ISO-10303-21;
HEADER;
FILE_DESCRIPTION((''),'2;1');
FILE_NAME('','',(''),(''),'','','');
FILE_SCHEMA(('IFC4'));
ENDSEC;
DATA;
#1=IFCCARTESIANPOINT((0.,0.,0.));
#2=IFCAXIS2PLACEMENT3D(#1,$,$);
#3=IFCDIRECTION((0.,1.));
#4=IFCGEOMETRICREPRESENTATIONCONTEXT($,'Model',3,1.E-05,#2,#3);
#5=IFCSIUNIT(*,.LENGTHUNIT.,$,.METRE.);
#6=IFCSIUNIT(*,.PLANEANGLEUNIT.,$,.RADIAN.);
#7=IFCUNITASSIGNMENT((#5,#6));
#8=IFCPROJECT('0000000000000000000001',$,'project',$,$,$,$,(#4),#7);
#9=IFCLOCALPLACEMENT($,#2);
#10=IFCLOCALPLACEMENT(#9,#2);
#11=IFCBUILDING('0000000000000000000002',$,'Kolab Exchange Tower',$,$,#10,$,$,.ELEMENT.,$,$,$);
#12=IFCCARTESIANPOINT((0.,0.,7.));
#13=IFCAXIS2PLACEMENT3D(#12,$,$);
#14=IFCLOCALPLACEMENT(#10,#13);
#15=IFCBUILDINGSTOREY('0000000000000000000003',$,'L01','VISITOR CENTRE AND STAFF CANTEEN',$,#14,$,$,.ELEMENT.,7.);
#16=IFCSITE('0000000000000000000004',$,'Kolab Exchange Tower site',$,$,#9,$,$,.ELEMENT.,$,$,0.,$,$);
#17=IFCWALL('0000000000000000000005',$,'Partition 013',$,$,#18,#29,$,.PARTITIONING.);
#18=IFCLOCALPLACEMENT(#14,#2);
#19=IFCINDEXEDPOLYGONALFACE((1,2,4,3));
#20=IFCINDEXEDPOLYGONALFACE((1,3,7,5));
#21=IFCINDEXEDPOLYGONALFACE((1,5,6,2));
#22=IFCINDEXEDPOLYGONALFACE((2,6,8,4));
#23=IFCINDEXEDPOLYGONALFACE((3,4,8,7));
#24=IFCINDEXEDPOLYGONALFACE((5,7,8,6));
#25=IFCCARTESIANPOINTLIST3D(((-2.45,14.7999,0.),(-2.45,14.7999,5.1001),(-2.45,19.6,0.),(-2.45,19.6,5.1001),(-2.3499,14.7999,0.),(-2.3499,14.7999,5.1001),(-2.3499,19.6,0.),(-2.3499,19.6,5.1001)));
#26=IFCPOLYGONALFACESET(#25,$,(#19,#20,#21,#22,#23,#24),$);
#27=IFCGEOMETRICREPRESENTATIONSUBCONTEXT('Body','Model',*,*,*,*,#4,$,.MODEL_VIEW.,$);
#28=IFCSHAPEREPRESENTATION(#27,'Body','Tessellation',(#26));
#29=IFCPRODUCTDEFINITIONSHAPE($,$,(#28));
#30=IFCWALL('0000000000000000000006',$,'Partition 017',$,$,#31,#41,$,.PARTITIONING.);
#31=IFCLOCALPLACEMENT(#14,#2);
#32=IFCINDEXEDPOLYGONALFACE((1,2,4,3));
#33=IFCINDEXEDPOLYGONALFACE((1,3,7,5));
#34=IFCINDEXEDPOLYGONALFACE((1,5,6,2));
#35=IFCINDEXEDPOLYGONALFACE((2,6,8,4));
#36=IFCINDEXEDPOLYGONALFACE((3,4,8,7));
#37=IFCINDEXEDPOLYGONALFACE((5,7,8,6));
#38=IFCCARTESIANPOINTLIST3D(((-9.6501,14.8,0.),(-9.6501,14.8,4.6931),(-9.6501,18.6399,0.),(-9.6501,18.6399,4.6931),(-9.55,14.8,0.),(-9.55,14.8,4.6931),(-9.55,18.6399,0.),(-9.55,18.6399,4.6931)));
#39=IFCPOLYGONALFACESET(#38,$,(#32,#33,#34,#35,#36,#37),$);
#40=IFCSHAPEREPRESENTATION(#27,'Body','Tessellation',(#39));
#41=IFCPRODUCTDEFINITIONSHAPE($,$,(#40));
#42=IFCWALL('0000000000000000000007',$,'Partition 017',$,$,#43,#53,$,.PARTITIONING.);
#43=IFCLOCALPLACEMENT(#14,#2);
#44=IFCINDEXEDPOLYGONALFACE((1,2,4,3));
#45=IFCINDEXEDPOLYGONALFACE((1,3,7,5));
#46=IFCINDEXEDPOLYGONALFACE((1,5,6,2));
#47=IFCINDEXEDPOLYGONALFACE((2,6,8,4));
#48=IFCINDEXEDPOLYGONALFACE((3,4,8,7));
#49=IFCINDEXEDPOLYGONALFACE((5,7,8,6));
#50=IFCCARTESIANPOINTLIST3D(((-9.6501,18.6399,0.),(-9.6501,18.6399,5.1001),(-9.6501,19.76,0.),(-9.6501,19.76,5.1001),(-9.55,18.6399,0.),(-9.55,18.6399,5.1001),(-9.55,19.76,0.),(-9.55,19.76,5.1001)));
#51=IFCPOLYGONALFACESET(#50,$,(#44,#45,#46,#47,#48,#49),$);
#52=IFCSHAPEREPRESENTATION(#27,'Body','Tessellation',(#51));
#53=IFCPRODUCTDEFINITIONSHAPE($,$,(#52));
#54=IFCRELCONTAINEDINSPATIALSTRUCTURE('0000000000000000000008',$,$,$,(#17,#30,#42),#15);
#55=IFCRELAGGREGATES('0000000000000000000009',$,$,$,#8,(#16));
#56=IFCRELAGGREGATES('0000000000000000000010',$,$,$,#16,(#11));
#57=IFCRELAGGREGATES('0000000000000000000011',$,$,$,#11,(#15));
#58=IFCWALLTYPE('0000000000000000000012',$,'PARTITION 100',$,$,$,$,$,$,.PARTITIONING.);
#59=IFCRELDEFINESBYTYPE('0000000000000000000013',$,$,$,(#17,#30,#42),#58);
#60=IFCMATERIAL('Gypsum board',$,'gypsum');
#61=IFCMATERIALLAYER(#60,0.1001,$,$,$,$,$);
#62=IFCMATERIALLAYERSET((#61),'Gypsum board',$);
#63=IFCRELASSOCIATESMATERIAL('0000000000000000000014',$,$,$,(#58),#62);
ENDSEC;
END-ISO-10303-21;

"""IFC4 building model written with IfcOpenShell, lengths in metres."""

from ifc_helpers import new_model, si_unit, direction, frame, frame_2d, origin, place, context, subcontext, project, spatial, rectangle, extrude, material, layer, layer_set, type_object, element, save


model = new_model("IFC4")

# Units and contexts
model_context = context("Model", 3, precision=1e-05, world=origin(), true_north=direction((0.0, 1.0)))
body_context = subcontext(model_context, "Body", "Model", "MODEL_VIEW")
ifc_project = project(units=[si_unit("LENGTHUNIT", "METRE"), si_unit("PLANEANGLEUNIT", "RADIAN")], contexts=[model_context])

# Site, building, storey
site_placement = place(None, origin())
site = spatial("IfcSite", under=ifc_project, at=site_placement, Name="Kolab Exchange Tower site", CompositionType="ELEMENT", RefElevation=0.0)
building_placement = place(site_placement, origin())
building = spatial("IfcBuilding", under=site, at=building_placement, Name="Kolab Exchange Tower", CompositionType="ELEMENT")
storey_placement = place(building_placement, frame((0.0, 0.0, 7.0)))
storey = spatial("IfcBuildingStorey", under=building, at=storey_placement, Name="L01", Description="VISITOR CENTRE AND STAFF CANTEEN", CompositionType="ELEMENT", Elevation=7.0)

# Walls
ifc_material_1 = material(Name="Gypsum board", Category="gypsum")
ifc_layer_1 = layer(ifc_material_1, 0.1001)
ifc_layer_set_1 = layer_set([ifc_layer_1], Name="Gypsum board")
wall_type_1 = type_object("IfcWallType", Name="PARTITION 100", PredefinedType="PARTITIONING", material=ifc_layer_set_1)
wall_1_placement = place(storey_placement, frame((-2.3999, 14.8, 0.0), z_axis=(0.0, 0.0, 1.0), x_axis=(0.0, 1.0, 0.0)))
element("IfcWall", 1, at=wall_1_placement, inside=storey, type_object=wall_type_1, Name="Partition 013", PredefinedType="PARTITIONING", context=body_context, shape_type="SweptSolid", body=[
    extrude(rectangle(XDim=4.8, YDim=0.1001, at=frame_2d((2.3999, 0.0))), origin(), (0.0, 0.0, 1.0), 5.1001),
])
wall_2_placement = place(storey_placement, frame((-9.6001, 14.8, 0.0), z_axis=(0.0, 0.0, 1.0), x_axis=(0.0, 1.0, 0.0)))
element("IfcWall", 2, at=wall_2_placement, inside=storey, type_object=wall_type_1, Name="Partition 017", PredefinedType="PARTITIONING", context=body_context, shape_type="SweptSolid", body=[
    extrude(rectangle(XDim=3.8398, YDim=0.1001, at=frame_2d((1.9199, 0.0))), origin(), (0.0, 0.0, 1.0), 4.6931),
])
wall_3_placement = place(storey_placement, frame((-9.6001, 18.6399, 0.0), z_axis=(0.0, 0.0, 1.0), x_axis=(0.0, 1.0, 0.0)))
element("IfcWall", 3, at=wall_3_placement, inside=storey, type_object=wall_type_1, Name="Partition 017", PredefinedType="PARTITIONING", context=body_context, shape_type="SweptSolid", body=[
    extrude(rectangle(XDim=1.1201, YDim=0.1001, at=frame_2d((0.5601, 0.0))), origin(), (0.0, 0.0, 1.0), 5.1001),
])

save(model, "model.ifc")
